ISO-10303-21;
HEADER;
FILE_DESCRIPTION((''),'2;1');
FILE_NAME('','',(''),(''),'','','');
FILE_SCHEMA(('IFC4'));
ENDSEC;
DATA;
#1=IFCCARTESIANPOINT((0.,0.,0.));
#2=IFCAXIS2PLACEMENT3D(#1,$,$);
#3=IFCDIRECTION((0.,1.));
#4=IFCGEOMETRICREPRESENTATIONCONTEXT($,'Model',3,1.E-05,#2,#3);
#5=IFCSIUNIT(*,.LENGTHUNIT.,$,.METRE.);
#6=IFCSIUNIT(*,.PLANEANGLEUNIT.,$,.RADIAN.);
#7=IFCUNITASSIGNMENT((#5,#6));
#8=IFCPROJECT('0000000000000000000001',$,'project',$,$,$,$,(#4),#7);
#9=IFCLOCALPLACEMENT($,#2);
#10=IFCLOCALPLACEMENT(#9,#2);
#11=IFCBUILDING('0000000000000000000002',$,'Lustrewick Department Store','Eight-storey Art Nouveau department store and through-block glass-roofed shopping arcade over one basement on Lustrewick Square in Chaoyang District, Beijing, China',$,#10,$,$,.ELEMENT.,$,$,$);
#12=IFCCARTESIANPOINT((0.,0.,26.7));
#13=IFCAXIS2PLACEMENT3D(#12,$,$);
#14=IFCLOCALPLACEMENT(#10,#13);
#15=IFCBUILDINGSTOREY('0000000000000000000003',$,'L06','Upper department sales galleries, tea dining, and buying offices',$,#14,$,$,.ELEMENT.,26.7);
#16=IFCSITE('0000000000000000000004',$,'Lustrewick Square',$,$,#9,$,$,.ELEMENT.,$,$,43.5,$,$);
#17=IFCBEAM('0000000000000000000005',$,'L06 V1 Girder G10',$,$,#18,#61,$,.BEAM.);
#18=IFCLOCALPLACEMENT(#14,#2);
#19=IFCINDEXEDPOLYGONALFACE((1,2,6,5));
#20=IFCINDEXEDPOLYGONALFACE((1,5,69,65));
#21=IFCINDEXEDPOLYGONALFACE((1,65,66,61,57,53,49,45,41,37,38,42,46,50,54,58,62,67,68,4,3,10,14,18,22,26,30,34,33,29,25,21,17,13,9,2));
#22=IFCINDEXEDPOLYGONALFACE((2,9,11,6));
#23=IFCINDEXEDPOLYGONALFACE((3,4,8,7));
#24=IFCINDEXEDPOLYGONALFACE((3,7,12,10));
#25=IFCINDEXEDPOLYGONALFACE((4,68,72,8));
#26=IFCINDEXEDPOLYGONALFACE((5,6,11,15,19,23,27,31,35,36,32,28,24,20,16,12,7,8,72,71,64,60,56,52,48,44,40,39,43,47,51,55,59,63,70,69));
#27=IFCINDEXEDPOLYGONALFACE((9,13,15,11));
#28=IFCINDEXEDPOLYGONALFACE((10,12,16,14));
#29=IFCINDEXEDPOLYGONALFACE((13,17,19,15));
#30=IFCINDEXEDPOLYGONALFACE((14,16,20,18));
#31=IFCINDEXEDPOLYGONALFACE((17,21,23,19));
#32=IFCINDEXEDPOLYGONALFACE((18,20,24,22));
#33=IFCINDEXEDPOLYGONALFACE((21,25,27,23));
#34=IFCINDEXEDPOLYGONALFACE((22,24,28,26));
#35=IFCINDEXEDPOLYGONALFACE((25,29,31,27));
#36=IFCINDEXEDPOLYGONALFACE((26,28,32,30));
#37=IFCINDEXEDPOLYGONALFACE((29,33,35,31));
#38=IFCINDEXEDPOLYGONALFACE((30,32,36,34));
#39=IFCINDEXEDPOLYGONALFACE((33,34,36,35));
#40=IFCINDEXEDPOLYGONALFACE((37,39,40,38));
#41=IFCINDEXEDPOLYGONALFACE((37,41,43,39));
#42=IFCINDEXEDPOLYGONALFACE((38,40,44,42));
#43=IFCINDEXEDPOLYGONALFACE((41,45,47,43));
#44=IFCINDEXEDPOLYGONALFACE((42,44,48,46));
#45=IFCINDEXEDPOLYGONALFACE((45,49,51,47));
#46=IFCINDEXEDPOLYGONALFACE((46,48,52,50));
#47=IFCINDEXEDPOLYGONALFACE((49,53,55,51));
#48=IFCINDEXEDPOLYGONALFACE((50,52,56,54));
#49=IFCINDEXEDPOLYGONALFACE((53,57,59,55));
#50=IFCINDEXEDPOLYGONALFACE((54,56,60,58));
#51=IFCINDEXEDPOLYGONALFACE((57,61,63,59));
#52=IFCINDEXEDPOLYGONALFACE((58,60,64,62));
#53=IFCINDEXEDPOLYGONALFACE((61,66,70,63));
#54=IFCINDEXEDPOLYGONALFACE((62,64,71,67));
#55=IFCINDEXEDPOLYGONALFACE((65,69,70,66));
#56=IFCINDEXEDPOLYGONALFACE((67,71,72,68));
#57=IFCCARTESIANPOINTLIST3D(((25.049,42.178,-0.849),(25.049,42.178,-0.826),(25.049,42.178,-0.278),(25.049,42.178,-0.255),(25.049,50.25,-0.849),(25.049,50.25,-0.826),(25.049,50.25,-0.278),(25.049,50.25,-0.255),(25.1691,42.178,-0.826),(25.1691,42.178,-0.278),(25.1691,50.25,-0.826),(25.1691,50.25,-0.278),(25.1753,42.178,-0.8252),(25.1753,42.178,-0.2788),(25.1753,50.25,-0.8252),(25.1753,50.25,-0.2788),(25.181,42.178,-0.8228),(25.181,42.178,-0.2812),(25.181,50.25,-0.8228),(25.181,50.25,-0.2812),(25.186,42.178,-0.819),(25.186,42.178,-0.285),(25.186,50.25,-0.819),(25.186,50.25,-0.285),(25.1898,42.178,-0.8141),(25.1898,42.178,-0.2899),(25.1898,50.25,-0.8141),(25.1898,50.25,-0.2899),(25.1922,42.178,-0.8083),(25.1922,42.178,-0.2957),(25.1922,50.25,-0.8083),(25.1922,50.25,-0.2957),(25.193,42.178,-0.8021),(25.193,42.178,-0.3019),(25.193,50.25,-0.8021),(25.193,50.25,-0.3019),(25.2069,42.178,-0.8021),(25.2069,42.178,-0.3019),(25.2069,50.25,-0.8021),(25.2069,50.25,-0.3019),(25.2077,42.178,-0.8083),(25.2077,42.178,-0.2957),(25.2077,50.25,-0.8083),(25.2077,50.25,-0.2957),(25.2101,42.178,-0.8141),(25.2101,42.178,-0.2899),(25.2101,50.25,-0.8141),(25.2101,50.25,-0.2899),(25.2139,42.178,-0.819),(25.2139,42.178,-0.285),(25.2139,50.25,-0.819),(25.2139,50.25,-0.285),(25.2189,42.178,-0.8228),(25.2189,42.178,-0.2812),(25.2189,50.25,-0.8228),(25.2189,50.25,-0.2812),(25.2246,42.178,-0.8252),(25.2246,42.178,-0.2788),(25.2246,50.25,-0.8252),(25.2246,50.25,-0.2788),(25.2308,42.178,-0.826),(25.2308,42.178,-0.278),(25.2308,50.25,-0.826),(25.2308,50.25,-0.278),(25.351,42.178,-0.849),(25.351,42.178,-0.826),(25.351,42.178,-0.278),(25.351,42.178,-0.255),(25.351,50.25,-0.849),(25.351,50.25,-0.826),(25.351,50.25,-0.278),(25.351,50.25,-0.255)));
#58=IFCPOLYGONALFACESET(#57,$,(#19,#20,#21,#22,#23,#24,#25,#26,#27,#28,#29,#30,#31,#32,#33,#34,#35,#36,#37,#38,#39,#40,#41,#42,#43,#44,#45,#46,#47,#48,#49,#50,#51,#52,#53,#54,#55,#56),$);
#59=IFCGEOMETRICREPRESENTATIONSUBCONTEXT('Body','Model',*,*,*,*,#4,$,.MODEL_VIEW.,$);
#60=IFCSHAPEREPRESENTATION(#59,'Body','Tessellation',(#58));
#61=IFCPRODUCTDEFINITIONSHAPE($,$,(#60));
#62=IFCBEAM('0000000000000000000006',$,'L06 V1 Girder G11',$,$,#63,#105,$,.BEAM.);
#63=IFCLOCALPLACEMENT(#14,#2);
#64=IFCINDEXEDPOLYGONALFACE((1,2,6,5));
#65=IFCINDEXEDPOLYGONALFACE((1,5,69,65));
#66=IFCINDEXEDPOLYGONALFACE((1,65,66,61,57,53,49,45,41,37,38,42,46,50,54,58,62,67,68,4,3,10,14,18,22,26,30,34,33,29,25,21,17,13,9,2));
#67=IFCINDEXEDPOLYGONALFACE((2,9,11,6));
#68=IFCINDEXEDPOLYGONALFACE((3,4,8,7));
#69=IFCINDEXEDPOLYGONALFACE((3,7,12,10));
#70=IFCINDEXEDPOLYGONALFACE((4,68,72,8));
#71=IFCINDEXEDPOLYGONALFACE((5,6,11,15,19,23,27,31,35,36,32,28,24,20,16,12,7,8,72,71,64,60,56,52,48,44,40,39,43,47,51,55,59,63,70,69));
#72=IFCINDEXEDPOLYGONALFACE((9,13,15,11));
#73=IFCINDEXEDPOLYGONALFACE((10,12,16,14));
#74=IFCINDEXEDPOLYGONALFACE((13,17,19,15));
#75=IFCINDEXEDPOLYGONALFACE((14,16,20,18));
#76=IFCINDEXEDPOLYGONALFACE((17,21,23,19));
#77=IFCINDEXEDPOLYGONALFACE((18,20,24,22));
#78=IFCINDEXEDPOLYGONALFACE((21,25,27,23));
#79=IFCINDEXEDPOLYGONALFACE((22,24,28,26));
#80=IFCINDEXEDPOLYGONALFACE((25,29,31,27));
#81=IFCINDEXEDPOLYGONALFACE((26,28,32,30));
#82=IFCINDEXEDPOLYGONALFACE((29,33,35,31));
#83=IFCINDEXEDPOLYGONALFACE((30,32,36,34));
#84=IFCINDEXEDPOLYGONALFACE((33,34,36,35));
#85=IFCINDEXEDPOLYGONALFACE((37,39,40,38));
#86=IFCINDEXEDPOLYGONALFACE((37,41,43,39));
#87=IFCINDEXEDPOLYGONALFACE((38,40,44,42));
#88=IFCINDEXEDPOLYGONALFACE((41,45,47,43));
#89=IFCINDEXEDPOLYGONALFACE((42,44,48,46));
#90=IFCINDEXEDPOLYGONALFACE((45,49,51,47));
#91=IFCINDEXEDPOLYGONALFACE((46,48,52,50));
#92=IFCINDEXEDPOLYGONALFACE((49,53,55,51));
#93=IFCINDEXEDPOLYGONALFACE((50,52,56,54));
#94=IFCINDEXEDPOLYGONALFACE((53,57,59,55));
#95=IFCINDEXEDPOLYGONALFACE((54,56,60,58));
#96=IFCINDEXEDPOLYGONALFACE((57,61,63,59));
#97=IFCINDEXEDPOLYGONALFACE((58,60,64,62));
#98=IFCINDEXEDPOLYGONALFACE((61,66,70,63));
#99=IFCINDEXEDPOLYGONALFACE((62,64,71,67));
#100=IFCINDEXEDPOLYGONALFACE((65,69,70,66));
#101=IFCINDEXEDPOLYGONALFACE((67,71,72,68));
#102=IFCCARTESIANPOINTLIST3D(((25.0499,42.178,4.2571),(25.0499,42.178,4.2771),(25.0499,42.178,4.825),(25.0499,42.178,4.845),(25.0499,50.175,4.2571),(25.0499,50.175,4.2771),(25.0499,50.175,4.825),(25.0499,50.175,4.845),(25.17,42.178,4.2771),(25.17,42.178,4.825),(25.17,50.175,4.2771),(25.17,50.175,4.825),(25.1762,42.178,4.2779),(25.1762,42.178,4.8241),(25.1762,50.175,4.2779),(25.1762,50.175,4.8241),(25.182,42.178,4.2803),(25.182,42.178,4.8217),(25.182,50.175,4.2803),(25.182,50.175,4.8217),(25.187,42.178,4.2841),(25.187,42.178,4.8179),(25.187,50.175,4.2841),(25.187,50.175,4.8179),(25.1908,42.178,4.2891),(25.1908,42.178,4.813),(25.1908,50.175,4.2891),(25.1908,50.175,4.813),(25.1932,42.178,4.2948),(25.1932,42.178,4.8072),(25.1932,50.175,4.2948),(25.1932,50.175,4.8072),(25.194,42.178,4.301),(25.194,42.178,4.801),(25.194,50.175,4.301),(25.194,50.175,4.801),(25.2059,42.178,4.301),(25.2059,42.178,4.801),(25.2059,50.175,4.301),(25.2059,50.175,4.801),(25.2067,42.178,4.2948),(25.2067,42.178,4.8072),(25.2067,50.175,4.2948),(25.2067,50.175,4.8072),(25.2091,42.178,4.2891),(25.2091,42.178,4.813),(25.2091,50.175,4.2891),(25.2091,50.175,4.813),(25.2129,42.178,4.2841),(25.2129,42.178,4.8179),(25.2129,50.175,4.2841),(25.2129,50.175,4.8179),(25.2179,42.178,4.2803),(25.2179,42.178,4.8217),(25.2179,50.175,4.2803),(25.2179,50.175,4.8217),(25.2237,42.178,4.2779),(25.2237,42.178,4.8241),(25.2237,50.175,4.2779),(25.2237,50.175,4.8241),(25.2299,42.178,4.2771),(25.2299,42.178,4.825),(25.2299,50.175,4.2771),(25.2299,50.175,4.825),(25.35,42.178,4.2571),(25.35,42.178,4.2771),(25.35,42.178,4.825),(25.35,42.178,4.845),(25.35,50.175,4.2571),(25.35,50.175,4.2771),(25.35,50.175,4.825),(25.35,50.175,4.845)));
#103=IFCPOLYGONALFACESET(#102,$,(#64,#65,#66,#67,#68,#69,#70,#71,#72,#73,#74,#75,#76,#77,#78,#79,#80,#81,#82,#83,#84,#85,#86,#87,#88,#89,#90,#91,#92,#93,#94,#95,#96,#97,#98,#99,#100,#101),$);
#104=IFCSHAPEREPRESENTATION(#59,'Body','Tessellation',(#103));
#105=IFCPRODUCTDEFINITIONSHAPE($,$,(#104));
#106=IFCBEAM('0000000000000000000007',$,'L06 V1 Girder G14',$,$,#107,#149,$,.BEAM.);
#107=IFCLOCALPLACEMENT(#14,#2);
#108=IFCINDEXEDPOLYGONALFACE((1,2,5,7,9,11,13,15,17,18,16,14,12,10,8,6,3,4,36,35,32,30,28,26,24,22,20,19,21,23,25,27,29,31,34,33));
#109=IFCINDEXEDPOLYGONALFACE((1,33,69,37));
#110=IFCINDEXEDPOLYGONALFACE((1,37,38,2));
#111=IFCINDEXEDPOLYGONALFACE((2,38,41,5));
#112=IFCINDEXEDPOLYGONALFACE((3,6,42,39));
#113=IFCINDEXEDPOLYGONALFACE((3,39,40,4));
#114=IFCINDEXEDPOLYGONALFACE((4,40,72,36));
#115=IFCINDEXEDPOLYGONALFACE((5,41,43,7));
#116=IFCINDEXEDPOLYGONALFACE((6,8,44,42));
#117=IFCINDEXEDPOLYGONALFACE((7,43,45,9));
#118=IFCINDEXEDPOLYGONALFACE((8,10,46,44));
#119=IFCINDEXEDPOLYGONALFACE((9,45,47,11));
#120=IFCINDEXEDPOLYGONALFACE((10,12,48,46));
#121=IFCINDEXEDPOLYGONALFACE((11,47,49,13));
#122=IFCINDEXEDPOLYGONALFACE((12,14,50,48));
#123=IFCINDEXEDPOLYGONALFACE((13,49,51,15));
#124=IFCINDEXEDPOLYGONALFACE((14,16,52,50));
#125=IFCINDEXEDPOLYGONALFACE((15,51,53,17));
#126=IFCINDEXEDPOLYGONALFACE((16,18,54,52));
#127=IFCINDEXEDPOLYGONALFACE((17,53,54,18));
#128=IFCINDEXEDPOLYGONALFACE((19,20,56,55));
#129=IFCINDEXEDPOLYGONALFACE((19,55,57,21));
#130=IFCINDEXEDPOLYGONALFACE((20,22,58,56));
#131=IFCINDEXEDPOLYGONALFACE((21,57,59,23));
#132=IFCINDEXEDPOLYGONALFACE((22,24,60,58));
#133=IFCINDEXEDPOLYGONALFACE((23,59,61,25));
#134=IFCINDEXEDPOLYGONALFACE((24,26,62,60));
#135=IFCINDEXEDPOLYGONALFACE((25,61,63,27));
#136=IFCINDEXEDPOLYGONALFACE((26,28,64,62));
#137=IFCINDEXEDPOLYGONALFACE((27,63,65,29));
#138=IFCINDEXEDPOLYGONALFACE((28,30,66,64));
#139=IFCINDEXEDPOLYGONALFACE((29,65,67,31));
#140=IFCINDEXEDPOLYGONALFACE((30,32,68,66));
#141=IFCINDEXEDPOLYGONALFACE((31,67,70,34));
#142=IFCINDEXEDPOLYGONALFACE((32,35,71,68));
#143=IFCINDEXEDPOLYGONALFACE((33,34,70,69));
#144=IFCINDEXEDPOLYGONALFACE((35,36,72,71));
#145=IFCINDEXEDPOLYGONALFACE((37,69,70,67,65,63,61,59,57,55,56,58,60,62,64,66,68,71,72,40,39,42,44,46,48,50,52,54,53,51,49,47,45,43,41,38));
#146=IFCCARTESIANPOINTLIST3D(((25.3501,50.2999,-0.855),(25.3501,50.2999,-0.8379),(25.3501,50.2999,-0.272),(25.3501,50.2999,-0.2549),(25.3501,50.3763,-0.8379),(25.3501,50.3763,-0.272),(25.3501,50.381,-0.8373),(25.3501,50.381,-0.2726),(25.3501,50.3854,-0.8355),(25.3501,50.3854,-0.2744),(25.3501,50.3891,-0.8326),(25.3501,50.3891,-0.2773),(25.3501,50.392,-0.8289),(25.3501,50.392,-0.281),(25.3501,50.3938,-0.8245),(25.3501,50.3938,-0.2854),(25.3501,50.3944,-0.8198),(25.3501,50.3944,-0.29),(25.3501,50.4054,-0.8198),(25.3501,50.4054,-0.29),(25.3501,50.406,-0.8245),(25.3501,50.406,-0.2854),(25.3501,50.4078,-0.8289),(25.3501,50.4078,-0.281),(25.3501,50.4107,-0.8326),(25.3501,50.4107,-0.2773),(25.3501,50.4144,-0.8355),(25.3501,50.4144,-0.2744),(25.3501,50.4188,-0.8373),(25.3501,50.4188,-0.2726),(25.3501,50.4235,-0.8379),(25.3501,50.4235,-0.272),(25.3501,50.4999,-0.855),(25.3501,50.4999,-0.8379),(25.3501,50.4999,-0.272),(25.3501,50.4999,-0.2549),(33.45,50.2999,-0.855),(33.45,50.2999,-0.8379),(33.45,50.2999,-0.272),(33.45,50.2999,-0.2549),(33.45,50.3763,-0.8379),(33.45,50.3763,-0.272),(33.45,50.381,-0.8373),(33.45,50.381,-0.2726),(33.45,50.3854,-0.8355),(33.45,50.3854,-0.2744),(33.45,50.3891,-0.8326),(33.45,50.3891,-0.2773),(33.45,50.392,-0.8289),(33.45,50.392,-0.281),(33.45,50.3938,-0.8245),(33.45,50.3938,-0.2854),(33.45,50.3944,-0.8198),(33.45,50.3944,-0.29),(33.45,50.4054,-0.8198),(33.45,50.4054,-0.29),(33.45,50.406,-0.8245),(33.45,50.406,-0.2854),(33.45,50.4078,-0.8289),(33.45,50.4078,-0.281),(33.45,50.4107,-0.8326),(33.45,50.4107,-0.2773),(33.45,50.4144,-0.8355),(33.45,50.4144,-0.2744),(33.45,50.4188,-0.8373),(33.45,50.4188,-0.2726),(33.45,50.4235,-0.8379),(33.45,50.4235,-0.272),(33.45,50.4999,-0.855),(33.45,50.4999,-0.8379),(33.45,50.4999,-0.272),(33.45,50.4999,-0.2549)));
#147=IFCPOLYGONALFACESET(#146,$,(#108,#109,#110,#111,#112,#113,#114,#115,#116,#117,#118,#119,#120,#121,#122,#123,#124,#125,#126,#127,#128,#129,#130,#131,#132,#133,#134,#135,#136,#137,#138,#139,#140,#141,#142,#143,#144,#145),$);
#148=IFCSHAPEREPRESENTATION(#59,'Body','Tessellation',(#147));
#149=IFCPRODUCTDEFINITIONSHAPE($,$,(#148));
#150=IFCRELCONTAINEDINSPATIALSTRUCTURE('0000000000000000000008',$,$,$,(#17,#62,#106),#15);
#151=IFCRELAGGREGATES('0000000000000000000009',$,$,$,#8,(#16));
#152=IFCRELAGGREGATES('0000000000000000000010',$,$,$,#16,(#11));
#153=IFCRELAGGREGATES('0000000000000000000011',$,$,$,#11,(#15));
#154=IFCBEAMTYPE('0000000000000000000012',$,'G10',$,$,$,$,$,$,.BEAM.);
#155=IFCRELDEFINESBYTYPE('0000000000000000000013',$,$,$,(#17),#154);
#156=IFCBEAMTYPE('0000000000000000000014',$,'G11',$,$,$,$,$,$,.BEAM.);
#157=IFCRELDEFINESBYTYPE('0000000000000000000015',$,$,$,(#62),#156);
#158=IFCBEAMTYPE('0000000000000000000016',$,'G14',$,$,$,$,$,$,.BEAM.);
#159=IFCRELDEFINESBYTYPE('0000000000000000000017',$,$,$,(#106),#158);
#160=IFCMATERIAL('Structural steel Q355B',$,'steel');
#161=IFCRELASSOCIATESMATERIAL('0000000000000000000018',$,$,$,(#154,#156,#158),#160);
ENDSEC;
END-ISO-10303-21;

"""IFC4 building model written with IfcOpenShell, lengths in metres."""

from ifc_helpers import new_model, si_unit, direction, frame, origin, origin_2d, place, context, subcontext, project, spatial, i_section, extrude, material, material_profile, profile_set, type_object, element, save


model = new_model("IFC4")

# Units and contexts
model_context = context("Model", 3, precision=1e-05, world=origin(), true_north=direction((0.0, 1.0)))
body_context = subcontext(model_context, "Body", "Model", "MODEL_VIEW")
ifc_project = project(units=[si_unit("LENGTHUNIT", "METRE"), si_unit("PLANEANGLEUNIT", "RADIAN")], contexts=[model_context])

# Site, building, storey
site_placement = place(None, origin())
site = spatial("IfcSite", under=ifc_project, at=site_placement, Name="Lustrewick Square", CompositionType="ELEMENT", RefElevation=43.5)
building_placement = place(site_placement, origin())
building = spatial("IfcBuilding", under=site, at=building_placement, Name="Lustrewick Department Store", Description="Eight-storey Art Nouveau department store and through-block glass-roofed shopping arcade over one basement on Lustrewick Square in Chaoyang District, Beijing, China", CompositionType="ELEMENT")
storey_placement = place(building_placement, frame((0.0, 0.0, 26.7)))
storey = spatial("IfcBuildingStorey", under=building, at=storey_placement, Name="L06", Description="Upper department sales galleries, tea dining, and buying offices", CompositionType="ELEMENT", Elevation=26.7)

# Shared definitions
ifc_material_1 = material(Name="Structural steel Q355B", Category="steel")

# Beams
ifc_material_profile_1 = material_profile(ifc_material_1, i_section(OverallWidth=0.302, OverallDepth=0.594, WebThickness=0.0139, FlangeThickness=0.0229, FilletRadius=0.0239, at=origin_2d()), Name="HM 594x302x14x23")
ifc_profile_set_1 = profile_set([ifc_material_profile_1], Name="Structural steel Q355B")
beam_type_1 = type_object("IfcBeamType", Name="G10", PredefinedType="BEAM", material=ifc_profile_set_1)
beam_1_placement = place(storey_placement, frame((25.2, 42.178, -0.552), z_axis=(0.0, 1.0, 0.0), x_axis=(-1.0, 0.0, 0.0)))
element("IfcBeam", 1, at=beam_1_placement, inside=storey, type_object=beam_type_1, Name="L06 V1 Girder G10", PredefinedType="BEAM", context=body_context, shape_type="SweptSolid", body=[
    extrude(i_section(OverallWidth=0.302, OverallDepth=0.594, WebThickness=0.0139, FlangeThickness=0.0229, FilletRadius=0.0239, at=origin_2d()), origin(), (0.0, 0.0, 1.0), 8.072),
])
ifc_material_profile_2 = material_profile(ifc_material_1, i_section(OverallWidth=0.3, OverallDepth=0.5879, WebThickness=0.012, FlangeThickness=0.02, FilletRadius=0.0239, at=origin_2d()), Name="HM 588x300x12x20")
ifc_profile_set_2 = profile_set([ifc_material_profile_2], Name="Structural steel Q355B")
beam_type_2 = type_object("IfcBeamType", Name="G11", PredefinedType="BEAM", material=ifc_profile_set_2)
beam_2_placement = place(storey_placement, frame((25.2, 42.178, 4.551), z_axis=(0.0, 1.0, 0.0), x_axis=(-1.0, 0.0, 0.0)))
element("IfcBeam", 2, at=beam_2_placement, inside=storey, type_object=beam_type_2, Name="L06 V1 Girder G11", PredefinedType="BEAM", context=body_context, shape_type="SweptSolid", body=[
    extrude(i_section(OverallWidth=0.3, OverallDepth=0.5879, WebThickness=0.012, FlangeThickness=0.02, FilletRadius=0.0239, at=origin_2d()), origin(), (0.0, 0.0, 1.0), 7.9971),
])
ifc_material_profile_3 = material_profile(ifc_material_1, i_section(OverallWidth=0.2, OverallDepth=0.6001, WebThickness=0.011, FlangeThickness=0.0171, FilletRadius=0.0181, at=origin_2d()), Name="HN 600x200x11x17")
ifc_profile_set_3 = profile_set([ifc_material_profile_3], Name="Structural steel Q355B")
beam_type_3 = type_object("IfcBeamType", Name="G14", PredefinedType="BEAM", material=ifc_profile_set_3)
beam_3_placement = place(storey_placement, frame((25.3501, 50.3999, -0.5549), z_axis=(1.0, 0.0, 0.0), x_axis=(0.0, 1.0, 0.0)))
element("IfcBeam", 3, at=beam_3_placement, inside=storey, type_object=beam_type_3, Name="L06 V1 Girder G14", PredefinedType="BEAM", context=body_context, shape_type="SweptSolid", body=[
    extrude(i_section(OverallWidth=0.2, OverallDepth=0.6001, WebThickness=0.011, FlangeThickness=0.0171, FilletRadius=0.0181, at=origin_2d()), origin(), (0.0, 0.0, 1.0), 8.0999),
])

save(model, "model.ifc")
